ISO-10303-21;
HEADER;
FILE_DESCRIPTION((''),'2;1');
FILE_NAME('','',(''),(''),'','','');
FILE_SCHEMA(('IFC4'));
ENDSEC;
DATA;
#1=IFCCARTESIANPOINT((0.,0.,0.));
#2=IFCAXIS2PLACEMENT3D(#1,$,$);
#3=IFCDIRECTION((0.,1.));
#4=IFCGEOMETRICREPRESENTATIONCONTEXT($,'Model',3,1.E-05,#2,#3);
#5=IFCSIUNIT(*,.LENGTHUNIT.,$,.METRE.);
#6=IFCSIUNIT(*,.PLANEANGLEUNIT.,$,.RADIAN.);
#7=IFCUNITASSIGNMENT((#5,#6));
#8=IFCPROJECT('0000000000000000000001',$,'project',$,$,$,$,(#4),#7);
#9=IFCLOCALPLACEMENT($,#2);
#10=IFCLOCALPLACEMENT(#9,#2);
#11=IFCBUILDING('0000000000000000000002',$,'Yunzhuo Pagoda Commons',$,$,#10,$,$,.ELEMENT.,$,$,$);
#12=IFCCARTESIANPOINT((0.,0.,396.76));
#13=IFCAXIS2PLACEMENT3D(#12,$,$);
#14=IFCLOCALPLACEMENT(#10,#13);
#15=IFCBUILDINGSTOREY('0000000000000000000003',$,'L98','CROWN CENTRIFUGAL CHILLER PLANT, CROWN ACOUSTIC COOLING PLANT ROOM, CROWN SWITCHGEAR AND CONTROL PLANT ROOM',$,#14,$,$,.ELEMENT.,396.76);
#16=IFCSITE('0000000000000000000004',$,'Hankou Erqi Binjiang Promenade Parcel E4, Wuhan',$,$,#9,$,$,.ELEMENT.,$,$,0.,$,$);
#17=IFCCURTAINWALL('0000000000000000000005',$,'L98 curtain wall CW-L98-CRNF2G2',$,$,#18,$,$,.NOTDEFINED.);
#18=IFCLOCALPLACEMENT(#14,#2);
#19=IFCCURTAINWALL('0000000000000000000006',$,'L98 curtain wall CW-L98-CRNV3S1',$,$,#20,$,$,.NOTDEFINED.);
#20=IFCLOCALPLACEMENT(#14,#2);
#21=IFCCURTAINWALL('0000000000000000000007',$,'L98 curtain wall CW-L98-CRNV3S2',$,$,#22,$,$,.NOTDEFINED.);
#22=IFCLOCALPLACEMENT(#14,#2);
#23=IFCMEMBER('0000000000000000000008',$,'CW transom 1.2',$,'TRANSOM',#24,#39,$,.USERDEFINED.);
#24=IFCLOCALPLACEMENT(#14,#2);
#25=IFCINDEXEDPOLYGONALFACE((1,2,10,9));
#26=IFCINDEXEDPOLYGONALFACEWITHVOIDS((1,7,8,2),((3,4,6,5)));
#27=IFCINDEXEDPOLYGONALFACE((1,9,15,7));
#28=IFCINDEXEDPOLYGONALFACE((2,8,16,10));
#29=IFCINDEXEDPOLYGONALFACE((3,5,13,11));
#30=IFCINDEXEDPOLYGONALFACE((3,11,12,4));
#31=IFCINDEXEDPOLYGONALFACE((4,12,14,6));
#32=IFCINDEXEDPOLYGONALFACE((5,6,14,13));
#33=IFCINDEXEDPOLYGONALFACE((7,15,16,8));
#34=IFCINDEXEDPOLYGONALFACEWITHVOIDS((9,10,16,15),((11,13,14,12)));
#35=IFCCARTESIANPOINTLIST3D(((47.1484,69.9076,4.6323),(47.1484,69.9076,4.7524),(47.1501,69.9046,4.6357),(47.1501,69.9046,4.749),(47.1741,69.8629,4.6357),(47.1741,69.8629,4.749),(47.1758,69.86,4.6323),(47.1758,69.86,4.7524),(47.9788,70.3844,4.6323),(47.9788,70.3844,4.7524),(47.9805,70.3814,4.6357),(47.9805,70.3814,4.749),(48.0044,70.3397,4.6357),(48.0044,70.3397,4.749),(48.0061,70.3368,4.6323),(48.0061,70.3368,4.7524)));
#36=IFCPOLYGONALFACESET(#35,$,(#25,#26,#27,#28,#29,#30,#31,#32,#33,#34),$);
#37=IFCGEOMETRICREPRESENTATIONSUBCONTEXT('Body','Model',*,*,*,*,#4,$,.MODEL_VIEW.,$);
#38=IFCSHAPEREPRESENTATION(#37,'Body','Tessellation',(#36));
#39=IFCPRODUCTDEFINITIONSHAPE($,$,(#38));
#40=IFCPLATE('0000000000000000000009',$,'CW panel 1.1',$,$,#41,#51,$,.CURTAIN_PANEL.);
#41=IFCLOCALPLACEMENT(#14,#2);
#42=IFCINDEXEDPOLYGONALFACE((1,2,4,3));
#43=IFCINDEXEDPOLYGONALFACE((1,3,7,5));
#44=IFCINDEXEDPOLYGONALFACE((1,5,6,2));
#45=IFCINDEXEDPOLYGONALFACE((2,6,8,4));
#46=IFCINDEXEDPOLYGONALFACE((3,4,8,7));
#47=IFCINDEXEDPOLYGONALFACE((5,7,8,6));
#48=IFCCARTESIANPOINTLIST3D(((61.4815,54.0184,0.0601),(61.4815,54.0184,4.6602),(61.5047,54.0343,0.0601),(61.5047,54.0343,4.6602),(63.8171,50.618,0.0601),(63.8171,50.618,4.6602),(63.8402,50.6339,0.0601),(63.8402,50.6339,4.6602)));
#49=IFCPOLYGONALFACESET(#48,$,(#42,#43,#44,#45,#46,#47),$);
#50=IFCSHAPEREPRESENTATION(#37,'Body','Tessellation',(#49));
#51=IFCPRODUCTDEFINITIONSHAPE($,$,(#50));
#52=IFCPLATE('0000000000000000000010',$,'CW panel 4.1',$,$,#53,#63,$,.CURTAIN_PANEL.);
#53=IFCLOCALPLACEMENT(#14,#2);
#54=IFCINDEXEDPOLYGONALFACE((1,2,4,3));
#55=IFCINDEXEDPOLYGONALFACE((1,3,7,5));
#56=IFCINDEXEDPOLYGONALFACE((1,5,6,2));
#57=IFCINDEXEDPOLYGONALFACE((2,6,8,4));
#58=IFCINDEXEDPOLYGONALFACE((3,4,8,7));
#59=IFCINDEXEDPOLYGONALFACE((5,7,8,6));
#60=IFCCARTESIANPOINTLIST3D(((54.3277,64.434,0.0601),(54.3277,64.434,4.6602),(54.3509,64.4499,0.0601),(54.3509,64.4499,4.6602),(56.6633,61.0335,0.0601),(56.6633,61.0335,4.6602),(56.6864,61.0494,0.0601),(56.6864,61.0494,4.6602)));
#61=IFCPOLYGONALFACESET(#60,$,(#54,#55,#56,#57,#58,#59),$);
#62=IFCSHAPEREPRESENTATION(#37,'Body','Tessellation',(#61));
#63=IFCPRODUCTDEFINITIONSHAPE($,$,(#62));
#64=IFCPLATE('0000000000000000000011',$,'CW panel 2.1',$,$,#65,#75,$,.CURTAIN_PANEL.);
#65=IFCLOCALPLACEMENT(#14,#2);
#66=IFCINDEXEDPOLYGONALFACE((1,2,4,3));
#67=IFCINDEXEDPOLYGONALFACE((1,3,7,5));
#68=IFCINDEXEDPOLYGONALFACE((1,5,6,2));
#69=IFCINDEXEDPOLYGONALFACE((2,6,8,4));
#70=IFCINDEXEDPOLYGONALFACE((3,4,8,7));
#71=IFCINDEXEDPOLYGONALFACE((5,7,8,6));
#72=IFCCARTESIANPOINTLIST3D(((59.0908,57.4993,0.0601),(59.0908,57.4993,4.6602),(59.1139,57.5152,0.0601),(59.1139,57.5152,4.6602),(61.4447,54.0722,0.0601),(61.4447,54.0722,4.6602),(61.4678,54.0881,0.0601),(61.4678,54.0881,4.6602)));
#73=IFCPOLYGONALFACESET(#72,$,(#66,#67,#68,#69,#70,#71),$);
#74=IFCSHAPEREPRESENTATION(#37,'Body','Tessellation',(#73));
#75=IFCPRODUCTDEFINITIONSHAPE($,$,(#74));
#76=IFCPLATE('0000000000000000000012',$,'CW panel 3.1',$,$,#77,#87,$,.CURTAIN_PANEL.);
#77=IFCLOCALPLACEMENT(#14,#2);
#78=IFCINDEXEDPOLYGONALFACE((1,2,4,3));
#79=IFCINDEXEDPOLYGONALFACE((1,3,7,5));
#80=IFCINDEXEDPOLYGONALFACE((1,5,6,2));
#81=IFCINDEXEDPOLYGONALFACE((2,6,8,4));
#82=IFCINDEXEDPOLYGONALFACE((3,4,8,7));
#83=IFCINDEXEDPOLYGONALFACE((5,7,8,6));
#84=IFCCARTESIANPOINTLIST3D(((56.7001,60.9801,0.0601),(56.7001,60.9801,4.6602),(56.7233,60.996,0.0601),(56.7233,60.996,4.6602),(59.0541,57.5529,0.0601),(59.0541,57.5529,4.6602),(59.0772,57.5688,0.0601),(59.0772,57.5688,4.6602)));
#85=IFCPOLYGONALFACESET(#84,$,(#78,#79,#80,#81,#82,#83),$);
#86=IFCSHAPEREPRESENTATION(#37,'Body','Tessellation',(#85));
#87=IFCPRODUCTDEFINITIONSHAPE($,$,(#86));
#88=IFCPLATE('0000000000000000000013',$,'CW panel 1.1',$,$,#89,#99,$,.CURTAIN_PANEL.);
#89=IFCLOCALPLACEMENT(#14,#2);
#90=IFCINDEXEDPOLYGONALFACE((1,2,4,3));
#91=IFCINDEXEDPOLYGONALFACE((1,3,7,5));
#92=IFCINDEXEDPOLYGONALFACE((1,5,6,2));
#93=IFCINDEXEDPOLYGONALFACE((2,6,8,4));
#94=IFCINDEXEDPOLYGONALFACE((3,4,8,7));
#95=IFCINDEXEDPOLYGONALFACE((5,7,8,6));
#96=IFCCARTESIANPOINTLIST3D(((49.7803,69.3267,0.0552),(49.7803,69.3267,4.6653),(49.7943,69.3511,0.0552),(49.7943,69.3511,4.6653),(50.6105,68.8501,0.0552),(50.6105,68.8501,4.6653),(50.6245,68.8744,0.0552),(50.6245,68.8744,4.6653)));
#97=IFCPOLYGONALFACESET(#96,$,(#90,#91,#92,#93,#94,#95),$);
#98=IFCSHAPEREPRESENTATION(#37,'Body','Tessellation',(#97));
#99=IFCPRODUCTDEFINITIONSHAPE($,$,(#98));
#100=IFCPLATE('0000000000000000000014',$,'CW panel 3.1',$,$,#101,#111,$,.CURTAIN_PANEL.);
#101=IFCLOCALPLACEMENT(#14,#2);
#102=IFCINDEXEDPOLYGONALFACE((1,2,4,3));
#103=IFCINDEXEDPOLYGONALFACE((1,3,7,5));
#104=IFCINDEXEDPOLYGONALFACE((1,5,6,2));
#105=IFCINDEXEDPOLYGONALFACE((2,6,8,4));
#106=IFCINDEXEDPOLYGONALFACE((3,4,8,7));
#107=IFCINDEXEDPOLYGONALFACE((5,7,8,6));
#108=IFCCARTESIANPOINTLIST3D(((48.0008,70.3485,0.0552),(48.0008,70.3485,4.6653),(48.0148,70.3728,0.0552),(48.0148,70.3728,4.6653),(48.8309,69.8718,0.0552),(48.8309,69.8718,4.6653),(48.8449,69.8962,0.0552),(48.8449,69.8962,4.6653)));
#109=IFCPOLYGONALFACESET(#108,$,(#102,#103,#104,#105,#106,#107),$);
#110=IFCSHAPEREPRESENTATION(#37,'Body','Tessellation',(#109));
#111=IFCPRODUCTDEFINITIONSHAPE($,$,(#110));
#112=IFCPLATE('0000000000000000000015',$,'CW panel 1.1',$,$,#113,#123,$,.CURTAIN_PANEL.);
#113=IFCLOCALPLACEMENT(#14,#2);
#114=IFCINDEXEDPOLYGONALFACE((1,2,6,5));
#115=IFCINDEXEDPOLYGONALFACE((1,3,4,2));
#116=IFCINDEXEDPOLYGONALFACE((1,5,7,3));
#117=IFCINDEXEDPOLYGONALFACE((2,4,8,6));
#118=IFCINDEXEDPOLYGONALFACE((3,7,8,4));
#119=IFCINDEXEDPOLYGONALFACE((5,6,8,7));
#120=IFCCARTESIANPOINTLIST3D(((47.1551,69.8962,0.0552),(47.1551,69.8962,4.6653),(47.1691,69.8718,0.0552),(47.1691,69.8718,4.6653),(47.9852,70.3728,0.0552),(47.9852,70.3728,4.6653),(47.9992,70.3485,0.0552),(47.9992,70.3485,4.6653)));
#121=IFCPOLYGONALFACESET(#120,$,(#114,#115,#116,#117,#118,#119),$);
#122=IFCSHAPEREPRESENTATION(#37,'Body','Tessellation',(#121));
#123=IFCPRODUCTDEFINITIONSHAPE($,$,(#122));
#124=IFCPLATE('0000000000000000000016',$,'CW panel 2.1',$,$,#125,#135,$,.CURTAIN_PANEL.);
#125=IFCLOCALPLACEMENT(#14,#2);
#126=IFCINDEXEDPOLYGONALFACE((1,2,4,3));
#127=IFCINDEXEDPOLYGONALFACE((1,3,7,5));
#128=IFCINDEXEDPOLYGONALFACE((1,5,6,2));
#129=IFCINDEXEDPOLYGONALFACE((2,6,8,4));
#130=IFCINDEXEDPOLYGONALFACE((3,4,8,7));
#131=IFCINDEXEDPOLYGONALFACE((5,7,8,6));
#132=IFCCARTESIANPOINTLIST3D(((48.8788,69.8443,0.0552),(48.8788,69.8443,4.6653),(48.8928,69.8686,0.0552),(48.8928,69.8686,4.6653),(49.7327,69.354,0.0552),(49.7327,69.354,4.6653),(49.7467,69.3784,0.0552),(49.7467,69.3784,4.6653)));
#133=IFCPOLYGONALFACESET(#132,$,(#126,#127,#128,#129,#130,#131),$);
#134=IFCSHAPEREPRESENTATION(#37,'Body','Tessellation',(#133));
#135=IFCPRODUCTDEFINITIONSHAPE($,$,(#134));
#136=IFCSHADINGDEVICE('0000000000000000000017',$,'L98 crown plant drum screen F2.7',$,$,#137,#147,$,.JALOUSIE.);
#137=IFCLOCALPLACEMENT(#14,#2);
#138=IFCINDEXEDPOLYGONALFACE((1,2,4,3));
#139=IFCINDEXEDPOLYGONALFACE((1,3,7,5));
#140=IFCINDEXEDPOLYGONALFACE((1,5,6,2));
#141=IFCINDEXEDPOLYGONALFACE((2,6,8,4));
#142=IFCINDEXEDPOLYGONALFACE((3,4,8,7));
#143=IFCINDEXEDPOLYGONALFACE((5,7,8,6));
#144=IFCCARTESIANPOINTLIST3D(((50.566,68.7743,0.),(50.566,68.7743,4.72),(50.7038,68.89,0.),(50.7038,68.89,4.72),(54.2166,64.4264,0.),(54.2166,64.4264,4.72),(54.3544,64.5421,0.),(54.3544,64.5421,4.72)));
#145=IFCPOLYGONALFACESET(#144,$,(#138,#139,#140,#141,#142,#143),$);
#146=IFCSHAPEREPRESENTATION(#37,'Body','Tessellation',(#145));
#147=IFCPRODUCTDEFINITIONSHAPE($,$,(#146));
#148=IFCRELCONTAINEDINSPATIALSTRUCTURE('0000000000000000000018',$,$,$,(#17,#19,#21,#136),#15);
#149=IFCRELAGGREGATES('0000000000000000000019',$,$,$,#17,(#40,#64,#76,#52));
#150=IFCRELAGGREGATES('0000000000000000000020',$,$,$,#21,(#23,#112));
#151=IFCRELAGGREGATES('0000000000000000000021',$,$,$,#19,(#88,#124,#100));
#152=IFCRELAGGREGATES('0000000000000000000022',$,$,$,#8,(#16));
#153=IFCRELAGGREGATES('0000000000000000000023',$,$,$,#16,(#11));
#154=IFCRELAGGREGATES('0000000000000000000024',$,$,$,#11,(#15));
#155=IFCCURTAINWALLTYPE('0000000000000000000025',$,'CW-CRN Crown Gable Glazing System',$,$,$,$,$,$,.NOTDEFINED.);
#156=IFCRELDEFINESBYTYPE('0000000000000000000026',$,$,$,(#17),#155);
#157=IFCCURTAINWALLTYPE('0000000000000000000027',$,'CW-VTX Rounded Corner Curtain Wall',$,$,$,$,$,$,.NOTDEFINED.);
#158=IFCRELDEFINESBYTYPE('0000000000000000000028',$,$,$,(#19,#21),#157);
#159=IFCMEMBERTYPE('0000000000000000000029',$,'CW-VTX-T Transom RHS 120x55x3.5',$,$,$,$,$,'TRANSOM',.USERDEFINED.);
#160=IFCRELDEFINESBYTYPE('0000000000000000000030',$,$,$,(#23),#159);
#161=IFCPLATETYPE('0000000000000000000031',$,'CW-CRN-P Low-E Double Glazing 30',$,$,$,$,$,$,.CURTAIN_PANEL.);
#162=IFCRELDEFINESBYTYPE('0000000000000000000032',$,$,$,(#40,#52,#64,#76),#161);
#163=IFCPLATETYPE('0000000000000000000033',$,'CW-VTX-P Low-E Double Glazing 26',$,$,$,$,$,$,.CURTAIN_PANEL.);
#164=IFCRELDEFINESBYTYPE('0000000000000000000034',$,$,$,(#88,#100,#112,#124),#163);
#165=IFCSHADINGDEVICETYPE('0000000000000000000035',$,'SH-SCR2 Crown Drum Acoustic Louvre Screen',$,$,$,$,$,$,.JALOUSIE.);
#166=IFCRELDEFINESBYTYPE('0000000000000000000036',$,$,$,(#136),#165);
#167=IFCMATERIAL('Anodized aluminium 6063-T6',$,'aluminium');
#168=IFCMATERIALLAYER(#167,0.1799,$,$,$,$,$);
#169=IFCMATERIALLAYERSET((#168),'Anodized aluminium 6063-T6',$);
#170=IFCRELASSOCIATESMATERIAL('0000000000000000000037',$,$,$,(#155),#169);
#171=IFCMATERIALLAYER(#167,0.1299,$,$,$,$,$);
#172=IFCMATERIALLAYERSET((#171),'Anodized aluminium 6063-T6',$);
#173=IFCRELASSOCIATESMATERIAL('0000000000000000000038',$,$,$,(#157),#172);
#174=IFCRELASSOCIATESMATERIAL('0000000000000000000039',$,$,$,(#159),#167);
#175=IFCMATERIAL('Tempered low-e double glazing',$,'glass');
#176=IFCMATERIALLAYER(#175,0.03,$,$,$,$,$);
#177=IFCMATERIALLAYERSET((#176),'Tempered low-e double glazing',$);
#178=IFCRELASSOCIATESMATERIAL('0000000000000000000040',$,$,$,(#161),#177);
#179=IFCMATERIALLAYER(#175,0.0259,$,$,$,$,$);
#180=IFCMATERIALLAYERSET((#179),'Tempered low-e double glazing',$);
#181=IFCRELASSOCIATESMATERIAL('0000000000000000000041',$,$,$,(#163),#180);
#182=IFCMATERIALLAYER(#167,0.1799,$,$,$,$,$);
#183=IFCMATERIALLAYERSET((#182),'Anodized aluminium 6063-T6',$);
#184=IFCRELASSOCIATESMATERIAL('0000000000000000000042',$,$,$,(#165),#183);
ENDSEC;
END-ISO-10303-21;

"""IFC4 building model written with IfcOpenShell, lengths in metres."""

from ifc_helpers import new_model, si_unit, direction, frame, origin, origin_2d, place, context, subcontext, project, spatial, rectangle, hollow_rectangle, extrude, source, transform, mapped, material, layer, layer_set, material_profile, profile_set, type_object, element, aggregate, save


model = new_model("IFC4")

# Units and contexts
model_context = context("Model", 3, precision=1e-05, world=origin(), true_north=direction((0.0, 1.0)))
body_context = subcontext(model_context, "Body", "Model", "MODEL_VIEW")
ifc_project = project(units=[si_unit("LENGTHUNIT", "METRE"), si_unit("PLANEANGLEUNIT", "RADIAN")], contexts=[model_context])

# Site, building, storey
site_placement = place(None, origin())
site = spatial("IfcSite", under=ifc_project, at=site_placement, Name="Hankou Erqi Binjiang Promenade Parcel E4, Wuhan", CompositionType="ELEMENT", RefElevation=0.0)
building_placement = place(site_placement, origin())
building = spatial("IfcBuilding", under=site, at=building_placement, Name="Yunzhuo Pagoda Commons", CompositionType="ELEMENT")
storey_placement = place(building_placement, frame((0.0, 0.0, 396.76)))
storey = spatial("IfcBuildingStorey", under=building, at=storey_placement, Name="L98", Description="CROWN CENTRIFUGAL CHILLER PLANT, CROWN ACOUSTIC COOLING PLANT ROOM, CROWN SWITCHGEAR AND CONTROL PLANT ROOM", CompositionType="ELEMENT", Elevation=396.76)

# Shared definitions
ifc_material_1 = material(Name="Anodized aluminium 6063-T6", Category="aluminium")
ifc_layer_1 = layer(ifc_material_1, 0.1799)
ifc_layer_set_1 = layer_set([ifc_layer_1], Name="Anodized aluminium 6063-T6")
curtain_wall_type_1 = type_object("IfcCurtainWallType", Name="CW-CRN Crown Gable Glazing System", PredefinedType="NOTDEFINED", material=ifc_layer_set_1)

# Curtain walls, member
curtain_wall_1_placement = place(storey_placement, origin())
curtain_wall_1 = element("IfcCurtainWall", 1, at=curtain_wall_1_placement, inside=storey, type_object=curtain_wall_type_1, Name="L98 curtain wall CW-L98-CRNF2G2", PredefinedType="NOTDEFINED")
ifc_layer_2 = layer(ifc_material_1, 0.1299)
ifc_layer_set_2 = layer_set([ifc_layer_2], Name="Anodized aluminium 6063-T6")
curtain_wall_type_2 = type_object("IfcCurtainWallType", Name="CW-VTX Rounded Corner Curtain Wall", PredefinedType="NOTDEFINED", material=ifc_layer_set_2)
curtain_wall_2_placement = place(storey_placement, origin())
curtain_wall_2 = element("IfcCurtainWall", 2, at=curtain_wall_2_placement, inside=storey, type_object=curtain_wall_type_2, Name="L98 curtain wall CW-L98-CRNV3S1", PredefinedType="NOTDEFINED")
ifc_material_profile_1 = material_profile(ifc_material_1, hollow_rectangle(XDim=0.0549, YDim=0.1201, WallThickness=0.0034, at=origin_2d()), Name="Anodized aluminium 6063-T6")
ifc_profile_set_1 = profile_set([ifc_material_profile_1], Name="Anodized aluminium 6063-T6")
member_type_1 = type_object("IfcMemberType", Name="CW-VTX-T Transom RHS 120x55x3.5", ElementType="TRANSOM", PredefinedType="USERDEFINED", material=ifc_profile_set_1)
curtain_wall_3_placement = place(storey_placement, origin())
curtain_wall_3 = element("IfcCurtainWall", 3, at=curtain_wall_3_placement, inside=storey, type_object=curtain_wall_type_2, Name="L98 curtain wall CW-L98-CRNV3S2", PredefinedType="NOTDEFINED")
shared_shape_1 = source(origin(), body_context, "Body", "SweptSolid", [
    extrude(hollow_rectangle(XDim=0.0549, YDim=0.1201, WallThickness=0.0034, at=origin_2d()), origin(), (0.0, 0.0, 1.0), 0.9575),
])
member_1_placement = place(storey_placement, frame((47.9924, 70.3606, 4.6924), z_axis=(-0.86719, -0.497978, 0.0), x_axis=(0.497978, -0.86719, 0.0)))
member_1 = element("IfcMember", 4, at=member_1_placement, type_object=member_type_1, Name="CW transom 1.2", ObjectType="TRANSOM", PredefinedType="USERDEFINED", context=body_context, shape_type="MappedRepresentation", body=[
    mapped(shared_shape_1, transform((0.0, 0.0, 0.0), scale=1.0)),
])

# Plates
ifc_material_2 = material(Name="Tempered low-e double glazing", Category="glass")
ifc_layer_3 = layer(ifc_material_2, 0.03)
ifc_layer_set_3 = layer_set([ifc_layer_3], Name="Tempered low-e double glazing")
plate_type_1 = type_object("IfcPlateType", Name="CW-CRN-P Low-E Double Glazing 30", PredefinedType="CURTAIN_PANEL", material=ifc_layer_set_3)
shared_shape_2 = source(origin(), body_context, "Body", "SweptSolid", [
    extrude(rectangle(XDim=4.1252, YDim=0.0281, at=origin_2d()), origin(), (0.0, 0.0, 1.0), 4.6001),
])
plate_1_placement = place(storey_placement, frame((62.6609, 52.3262, 0.0601), z_axis=(0.0, 0.0, 1.0), x_axis=(-0.566159, 0.824296, 0.0)))
plate_1 = element("IfcPlate", 5, at=plate_1_placement, type_object=plate_type_1, Name="CW panel 1.1", PredefinedType="CURTAIN_PANEL", context=body_context, shape_type="MappedRepresentation", body=[
    mapped(shared_shape_2, transform((0.0, 0.0, 0.0), scale=1.0)),
])
plate_2_placement = place(storey_placement, frame((55.5071, 62.7417, 0.0601), z_axis=(0.0, 0.0, 1.0), x_axis=(-0.566159, 0.824296, 0.0)))
plate_2 = element("IfcPlate", 6, at=plate_2_placement, type_object=plate_type_1, Name="CW panel 4.1", PredefinedType="CURTAIN_PANEL", context=body_context, shape_type="MappedRepresentation", body=[
    mapped(shared_shape_2, transform((0.0, 0.0, 0.0), scale=1.0)),
])
shared_shape_3 = source(origin(), body_context, "Body", "SweptSolid", [
    extrude(rectangle(XDim=4.1577, YDim=0.0281, at=origin_2d()), origin(), (0.0, 0.0, 1.0), 4.6001),
])
plate_3_placement = place(storey_placement, frame((60.2793, 55.7937, 0.0601), z_axis=(0.0, 0.0, 1.0), x_axis=(-0.566159, 0.824296, 0.0)))
plate_3 = element("IfcPlate", 7, at=plate_3_placement, type_object=plate_type_1, Name="CW panel 2.1", PredefinedType="CURTAIN_PANEL", context=body_context, shape_type="MappedRepresentation", body=[
    mapped(shared_shape_3, transform((0.0, 0.0, 0.0), scale=1.0)),
])
plate_4_placement = place(storey_placement, frame((57.8887, 59.2744, 0.0601), z_axis=(0.0, 0.0, 1.0), x_axis=(-0.566159, 0.824296, 0.0)))
plate_4 = element("IfcPlate", 8, at=plate_4_placement, type_object=plate_type_1, Name="CW panel 3.1", PredefinedType="CURTAIN_PANEL", context=body_context, shape_type="MappedRepresentation", body=[
    mapped(shared_shape_3, transform((0.0, 0.0, 0.0), scale=1.0)),
])
aggregate(curtain_wall_1, [plate_1, plate_3, plate_4, plate_2])
ifc_layer_4 = layer(ifc_material_2, 0.0259)
ifc_layer_set_4 = layer_set([ifc_layer_4], Name="Tempered low-e double glazing")
plate_type_2 = type_object("IfcPlateType", Name="CW-VTX-P Low-E Double Glazing 26", PredefinedType="CURTAIN_PANEL", material=ifc_layer_set_4)
shared_shape_4 = source(origin(), body_context, "Body", "SweptSolid", [
    extrude(rectangle(XDim=0.9573, YDim=0.0281, at=origin_2d()), origin(), (0.0, 0.0, 1.0), 4.6101),
])
plate_5_placement = place(storey_placement, frame((50.2024, 69.1006, 0.0552), z_axis=(0.0, 0.0, 1.0), x_axis=(-0.867213, 0.497937, 0.0)))
plate_5 = element("IfcPlate", 9, at=plate_5_placement, type_object=plate_type_2, Name="CW panel 1.1", PredefinedType="CURTAIN_PANEL", context=body_context, shape_type="MappedRepresentation", body=[
    mapped(shared_shape_4, transform((0.0, 0.0, 0.0), scale=1.0)),
])
plate_6_placement = place(storey_placement, frame((48.4229, 70.1223, 0.0552), z_axis=(0.0, 0.0, 1.0), x_axis=(-0.867213, 0.497937, 0.0)))
plate_6 = element("IfcPlate", 10, at=plate_6_placement, type_object=plate_type_2, Name="CW panel 3.1", PredefinedType="CURTAIN_PANEL", context=body_context, shape_type="MappedRepresentation", body=[
    mapped(shared_shape_4, transform((0.0, 0.0, 0.0), scale=1.0)),
])
plate_7_placement = place(storey_placement, frame((47.5771, 70.1223, 0.0552), z_axis=(0.0, 0.0, 1.0), x_axis=(-0.867213, -0.497937, 0.0)))
plate_7 = element("IfcPlate", 11, at=plate_7_placement, type_object=plate_type_2, Name="CW panel 1.1", PredefinedType="CURTAIN_PANEL", context=body_context, shape_type="MappedRepresentation", body=[
    mapped(shared_shape_4, transform((0.0, 0.0, 0.0), scale=1.0)),
])
aggregate(curtain_wall_3, [member_1, plate_7])
shared_shape_5 = source(origin(), body_context, "Body", "SweptSolid", [
    extrude(rectangle(XDim=0.9846, YDim=0.0281, at=origin_2d()), origin(), (0.0, 0.0, 1.0), 4.6101),
])
plate_8_placement = place(storey_placement, frame((49.3127, 69.6113, 0.0552), z_axis=(0.0, 0.0, 1.0), x_axis=(-0.867213, 0.497937, 0.0)))
plate_8 = element("IfcPlate", 12, at=plate_8_placement, type_object=plate_type_2, Name="CW panel 2.1", PredefinedType="CURTAIN_PANEL", context=body_context, shape_type="MappedRepresentation", body=[
    mapped(shared_shape_5, transform((0.0, 0.0, 0.0), scale=1.0)),
])
aggregate(curtain_wall_2, [plate_5, plate_8, plate_6])

# Shading device
ifc_layer_5 = layer(ifc_material_1, 0.1799)
ifc_layer_set_5 = layer_set([ifc_layer_5], Name="Anodized aluminium 6063-T6")
shading_device_type = type_object("IfcShadingDeviceType", Name="SH-SCR2 Crown Drum Acoustic Louvre Screen", PredefinedType="JALOUSIE", material=ifc_layer_set_5)
shared_shape_6 = source(origin(), body_context, "Body", "SweptSolid", [
    extrude(rectangle(XDim=5.6772, YDim=0.1799, at=origin_2d()), origin(), (0.0, 0.0, 1.0), 4.72),
])
shading_device_placement = place(storey_placement, frame((52.4602, 66.6582, 0.0), z_axis=(0.0, 0.0, 1.0), x_axis=(-0.643015, 0.765854, 0.0)))
element("IfcShadingDevice", 13, at=shading_device_placement, inside=storey, type_object=shading_device_type, Name="L98 crown plant drum screen F2.7", PredefinedType="JALOUSIE", context=body_context, shape_type="MappedRepresentation", body=[
    mapped(shared_shape_6, transform((0.0, 0.0, 0.0), scale=1.0)),
])

save(model, "model.ifc")
